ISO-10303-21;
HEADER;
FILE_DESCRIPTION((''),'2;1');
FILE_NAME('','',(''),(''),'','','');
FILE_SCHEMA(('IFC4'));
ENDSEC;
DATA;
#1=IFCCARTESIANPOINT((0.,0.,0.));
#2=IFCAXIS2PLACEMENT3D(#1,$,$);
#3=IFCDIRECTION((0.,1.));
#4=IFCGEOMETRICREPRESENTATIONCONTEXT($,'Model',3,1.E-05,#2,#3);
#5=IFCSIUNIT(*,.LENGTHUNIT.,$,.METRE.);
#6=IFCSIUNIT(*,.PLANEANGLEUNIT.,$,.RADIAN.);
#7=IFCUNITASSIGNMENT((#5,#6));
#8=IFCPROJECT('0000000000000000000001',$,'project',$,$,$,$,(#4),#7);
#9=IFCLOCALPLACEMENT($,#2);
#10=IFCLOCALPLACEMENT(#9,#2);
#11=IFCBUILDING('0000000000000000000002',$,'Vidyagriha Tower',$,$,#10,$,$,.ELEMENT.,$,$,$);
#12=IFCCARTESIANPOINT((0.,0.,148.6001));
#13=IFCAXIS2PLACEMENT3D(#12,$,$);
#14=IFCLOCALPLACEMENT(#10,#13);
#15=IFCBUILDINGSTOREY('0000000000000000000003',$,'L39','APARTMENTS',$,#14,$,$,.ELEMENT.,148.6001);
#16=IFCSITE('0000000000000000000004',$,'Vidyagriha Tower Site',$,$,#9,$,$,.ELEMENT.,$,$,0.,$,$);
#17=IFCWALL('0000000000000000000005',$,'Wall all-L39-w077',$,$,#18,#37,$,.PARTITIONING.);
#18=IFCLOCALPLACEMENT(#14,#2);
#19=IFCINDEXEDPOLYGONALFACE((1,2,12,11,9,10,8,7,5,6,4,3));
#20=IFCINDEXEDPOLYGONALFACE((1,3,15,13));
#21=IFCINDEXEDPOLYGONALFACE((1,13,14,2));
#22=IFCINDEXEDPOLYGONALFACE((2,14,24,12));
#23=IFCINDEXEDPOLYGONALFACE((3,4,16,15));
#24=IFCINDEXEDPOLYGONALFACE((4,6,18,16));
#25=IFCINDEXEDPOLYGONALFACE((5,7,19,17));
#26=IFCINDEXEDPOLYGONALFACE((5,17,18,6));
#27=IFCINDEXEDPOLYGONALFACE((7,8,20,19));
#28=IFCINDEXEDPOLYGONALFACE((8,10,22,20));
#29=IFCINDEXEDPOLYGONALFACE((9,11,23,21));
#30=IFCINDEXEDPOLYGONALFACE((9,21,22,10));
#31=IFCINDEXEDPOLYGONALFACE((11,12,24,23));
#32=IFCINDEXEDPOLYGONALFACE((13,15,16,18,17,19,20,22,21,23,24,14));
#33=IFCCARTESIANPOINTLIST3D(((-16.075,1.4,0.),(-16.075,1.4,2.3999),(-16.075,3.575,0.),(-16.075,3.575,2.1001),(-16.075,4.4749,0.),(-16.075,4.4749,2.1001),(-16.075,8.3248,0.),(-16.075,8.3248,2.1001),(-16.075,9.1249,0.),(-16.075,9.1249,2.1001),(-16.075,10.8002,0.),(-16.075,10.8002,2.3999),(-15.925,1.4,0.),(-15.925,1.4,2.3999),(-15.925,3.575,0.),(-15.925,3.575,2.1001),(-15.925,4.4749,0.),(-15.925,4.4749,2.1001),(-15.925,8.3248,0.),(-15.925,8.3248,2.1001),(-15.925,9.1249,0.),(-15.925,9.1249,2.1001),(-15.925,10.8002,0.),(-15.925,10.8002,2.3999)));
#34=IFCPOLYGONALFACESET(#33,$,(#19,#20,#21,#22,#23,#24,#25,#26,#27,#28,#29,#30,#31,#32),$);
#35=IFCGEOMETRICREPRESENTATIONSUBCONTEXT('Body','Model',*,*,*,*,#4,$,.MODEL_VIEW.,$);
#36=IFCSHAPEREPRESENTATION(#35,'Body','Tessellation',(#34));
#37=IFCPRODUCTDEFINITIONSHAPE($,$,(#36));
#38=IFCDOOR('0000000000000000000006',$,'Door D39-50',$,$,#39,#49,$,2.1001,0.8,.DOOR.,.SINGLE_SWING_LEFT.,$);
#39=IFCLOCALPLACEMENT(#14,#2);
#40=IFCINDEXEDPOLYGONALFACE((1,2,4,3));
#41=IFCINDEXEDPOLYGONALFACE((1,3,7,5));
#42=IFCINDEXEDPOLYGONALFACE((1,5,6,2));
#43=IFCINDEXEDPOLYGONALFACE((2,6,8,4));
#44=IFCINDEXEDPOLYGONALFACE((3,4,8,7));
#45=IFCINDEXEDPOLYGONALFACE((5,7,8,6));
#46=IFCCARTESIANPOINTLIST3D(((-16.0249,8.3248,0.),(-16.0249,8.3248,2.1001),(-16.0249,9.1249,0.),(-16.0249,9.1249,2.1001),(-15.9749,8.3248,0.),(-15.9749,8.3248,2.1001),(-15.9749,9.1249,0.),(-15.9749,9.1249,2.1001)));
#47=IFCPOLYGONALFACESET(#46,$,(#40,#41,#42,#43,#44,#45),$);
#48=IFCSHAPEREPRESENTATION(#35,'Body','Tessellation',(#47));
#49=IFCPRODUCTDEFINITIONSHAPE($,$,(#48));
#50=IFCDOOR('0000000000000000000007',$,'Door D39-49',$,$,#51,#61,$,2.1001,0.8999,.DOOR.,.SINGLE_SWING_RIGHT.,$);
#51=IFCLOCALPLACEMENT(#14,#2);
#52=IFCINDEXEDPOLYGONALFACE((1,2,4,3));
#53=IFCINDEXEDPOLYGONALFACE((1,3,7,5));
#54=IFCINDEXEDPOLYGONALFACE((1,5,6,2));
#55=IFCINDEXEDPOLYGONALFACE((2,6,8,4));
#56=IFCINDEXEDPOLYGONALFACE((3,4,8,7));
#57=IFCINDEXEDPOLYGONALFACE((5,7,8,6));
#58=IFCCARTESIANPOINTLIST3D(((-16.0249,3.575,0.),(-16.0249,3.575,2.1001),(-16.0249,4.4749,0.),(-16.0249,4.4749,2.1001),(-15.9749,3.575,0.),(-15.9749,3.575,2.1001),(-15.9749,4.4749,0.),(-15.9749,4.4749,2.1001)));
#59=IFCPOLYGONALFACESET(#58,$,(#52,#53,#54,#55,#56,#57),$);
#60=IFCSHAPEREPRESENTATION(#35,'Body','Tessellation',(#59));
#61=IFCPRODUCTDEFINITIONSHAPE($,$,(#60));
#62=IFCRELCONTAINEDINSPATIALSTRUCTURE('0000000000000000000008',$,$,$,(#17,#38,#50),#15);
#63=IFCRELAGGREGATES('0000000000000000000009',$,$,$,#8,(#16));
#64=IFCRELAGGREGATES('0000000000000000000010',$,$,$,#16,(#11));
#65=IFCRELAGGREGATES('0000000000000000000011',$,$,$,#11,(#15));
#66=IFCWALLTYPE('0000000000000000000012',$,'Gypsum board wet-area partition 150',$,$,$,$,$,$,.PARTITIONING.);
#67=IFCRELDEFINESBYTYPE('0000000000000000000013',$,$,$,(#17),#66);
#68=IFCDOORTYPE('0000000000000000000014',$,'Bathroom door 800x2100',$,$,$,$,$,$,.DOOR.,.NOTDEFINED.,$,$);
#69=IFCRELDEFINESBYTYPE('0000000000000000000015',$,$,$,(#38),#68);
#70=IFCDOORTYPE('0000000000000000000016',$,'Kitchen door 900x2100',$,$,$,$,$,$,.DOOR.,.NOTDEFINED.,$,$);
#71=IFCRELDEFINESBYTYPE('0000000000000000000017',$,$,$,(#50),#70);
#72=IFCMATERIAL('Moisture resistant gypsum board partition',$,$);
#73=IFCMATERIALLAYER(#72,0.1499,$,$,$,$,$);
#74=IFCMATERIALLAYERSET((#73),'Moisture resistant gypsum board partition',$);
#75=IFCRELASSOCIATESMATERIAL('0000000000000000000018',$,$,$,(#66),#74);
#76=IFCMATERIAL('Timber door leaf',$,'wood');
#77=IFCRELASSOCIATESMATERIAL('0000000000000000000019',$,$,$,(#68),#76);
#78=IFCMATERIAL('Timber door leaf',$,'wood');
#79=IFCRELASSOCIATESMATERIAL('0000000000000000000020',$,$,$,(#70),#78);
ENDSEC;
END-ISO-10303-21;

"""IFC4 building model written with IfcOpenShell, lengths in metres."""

from ifc_helpers import new_model, si_unit, direction, frame, frame_2d, origin, place, context, subcontext, project, spatial, rectangle, extrude, material, layer, layer_set, type_object, element, fill, save


model = new_model("IFC4")

# Units and contexts
model_context = context("Model", 3, precision=1e-05, world=origin(), true_north=direction((0.0, 1.0)))
body_context = subcontext(model_context, "Body", "Model", "MODEL_VIEW")
ifc_project = project(units=[si_unit("LENGTHUNIT", "METRE"), si_unit("PLANEANGLEUNIT", "RADIAN")], contexts=[model_context])

# Site, building, storey
site_placement = place(None, origin())
site = spatial("IfcSite", under=ifc_project, at=site_placement, Name="Vidyagriha Tower Site", CompositionType="ELEMENT", RefElevation=0.0)
building_placement = place(site_placement, origin())
building = spatial("IfcBuilding", under=site, at=building_placement, Name="Vidyagriha Tower", CompositionType="ELEMENT")
storey_placement = place(building_placement, frame((0.0, 0.0, 148.6001)))
storey = spatial("IfcBuildingStorey", under=building, at=storey_placement, Name="L39", Description="APARTMENTS", CompositionType="ELEMENT", Elevation=148.6001)

# Wall, openings, doors
ifc_material_1 = material(Name="Moisture resistant gypsum board partition")
ifc_layer_1 = layer(ifc_material_1, 0.1499)
ifc_layer_set_1 = layer_set([ifc_layer_1], Name="Moisture resistant gypsum board partition")
wall_type_1 = type_object("IfcWallType", Name="Gypsum board wet-area partition 150", PredefinedType="PARTITIONING", material=ifc_layer_set_1)
wall_1_placement = place(storey_placement, frame((-16.0, 1.3999, 0.0), z_axis=(0.0, 0.0, 1.0), x_axis=(0.0, 1.0, 0.0)))
wall_1 = element("IfcWall", 1, at=wall_1_placement, inside=storey, type_object=wall_type_1, Name="Wall all-L39-w077", PredefinedType="PARTITIONING", context=body_context, shape_type="SweptSolid", body=[
    extrude(rectangle(XDim=9.4001, YDim=0.1499, at=frame_2d((4.7002, 0.0))), origin(), (0.0, 0.0, 1.0), 2.3999),
])
opening_1_placement = place(wall_1_placement, frame((2.175, 0.0, 0.0)))
opening_1 = element("IfcOpeningElement", 2, at=opening_1_placement, cuts=wall_1, PredefinedType="OPENING", context=body_context, shape_type="SweptSolid", body=[
    extrude(rectangle(XDim=0.8999, YDim=2.1001, at=frame_2d((0.45, 1.05))), frame((0.0, 0.085, 0.0), z_axis=(0.0, -1.0, 0.0), x_axis=(1.0, 0.0, 0.0)), (0.0, 0.0, 1.0), 0.1699),
])
opening_2_placement = place(wall_1_placement, frame((6.925, 0.0, 0.0)))
opening_2 = element("IfcOpeningElement", 3, at=opening_2_placement, cuts=wall_1, PredefinedType="OPENING", context=body_context, shape_type="SweptSolid", body=[
    extrude(rectangle(XDim=0.8, YDim=2.1001, at=frame_2d((0.3999, 1.05))), frame((0.0, 0.085, 0.0), z_axis=(0.0, -1.0, 0.0), x_axis=(1.0, 0.0, 0.0)), (0.0, 0.0, 1.0), 0.1699),
])
ifc_material_2 = material(Name="Timber door leaf", Category="wood")
door_type_1 = type_object("IfcDoorType", Name="Bathroom door 800x2100", OperationType="NOTDEFINED", PredefinedType="DOOR", material=ifc_material_2)
door_1_placement = place(opening_2_placement, origin())
door_1 = element("IfcDoor", 4, at=door_1_placement, inside=storey, type_object=door_type_1, Name="Door D39-50", OperationType="SINGLE_SWING_LEFT", OverallHeight=2.1001, OverallWidth=0.8, PredefinedType="DOOR", context=body_context, shape_type="SweptSolid", body=[
    extrude(rectangle(XDim=0.8, YDim=2.1001, at=frame_2d((0.3999, 1.05))), frame((0.0, 0.0249, 0.0), z_axis=(0.0, -1.0, 0.0), x_axis=(1.0, 0.0, 0.0)), (0.0, 0.0, 1.0), 0.05),
])
fill(opening_2, door_1)
ifc_material_3 = material(Name="Timber door leaf", Category="wood")
door_type_2 = type_object("IfcDoorType", Name="Kitchen door 900x2100", OperationType="NOTDEFINED", PredefinedType="DOOR", material=ifc_material_3)
door_2_placement = place(opening_1_placement, origin())
door_2 = element("IfcDoor", 5, at=door_2_placement, inside=storey, type_object=door_type_2, Name="Door D39-49", OperationType="SINGLE_SWING_RIGHT", OverallHeight=2.1001, OverallWidth=0.8999, PredefinedType="DOOR", context=body_context, shape_type="SweptSolid", body=[
    extrude(rectangle(XDim=0.8999, YDim=2.1001, at=frame_2d((0.45, 1.05))), frame((0.0, 0.0249, 0.0), z_axis=(0.0, -1.0, 0.0), x_axis=(1.0, 0.0, 0.0)), (0.0, 0.0, 1.0), 0.05),
])
fill(opening_1, door_2)

save(model, "model.ifc")
